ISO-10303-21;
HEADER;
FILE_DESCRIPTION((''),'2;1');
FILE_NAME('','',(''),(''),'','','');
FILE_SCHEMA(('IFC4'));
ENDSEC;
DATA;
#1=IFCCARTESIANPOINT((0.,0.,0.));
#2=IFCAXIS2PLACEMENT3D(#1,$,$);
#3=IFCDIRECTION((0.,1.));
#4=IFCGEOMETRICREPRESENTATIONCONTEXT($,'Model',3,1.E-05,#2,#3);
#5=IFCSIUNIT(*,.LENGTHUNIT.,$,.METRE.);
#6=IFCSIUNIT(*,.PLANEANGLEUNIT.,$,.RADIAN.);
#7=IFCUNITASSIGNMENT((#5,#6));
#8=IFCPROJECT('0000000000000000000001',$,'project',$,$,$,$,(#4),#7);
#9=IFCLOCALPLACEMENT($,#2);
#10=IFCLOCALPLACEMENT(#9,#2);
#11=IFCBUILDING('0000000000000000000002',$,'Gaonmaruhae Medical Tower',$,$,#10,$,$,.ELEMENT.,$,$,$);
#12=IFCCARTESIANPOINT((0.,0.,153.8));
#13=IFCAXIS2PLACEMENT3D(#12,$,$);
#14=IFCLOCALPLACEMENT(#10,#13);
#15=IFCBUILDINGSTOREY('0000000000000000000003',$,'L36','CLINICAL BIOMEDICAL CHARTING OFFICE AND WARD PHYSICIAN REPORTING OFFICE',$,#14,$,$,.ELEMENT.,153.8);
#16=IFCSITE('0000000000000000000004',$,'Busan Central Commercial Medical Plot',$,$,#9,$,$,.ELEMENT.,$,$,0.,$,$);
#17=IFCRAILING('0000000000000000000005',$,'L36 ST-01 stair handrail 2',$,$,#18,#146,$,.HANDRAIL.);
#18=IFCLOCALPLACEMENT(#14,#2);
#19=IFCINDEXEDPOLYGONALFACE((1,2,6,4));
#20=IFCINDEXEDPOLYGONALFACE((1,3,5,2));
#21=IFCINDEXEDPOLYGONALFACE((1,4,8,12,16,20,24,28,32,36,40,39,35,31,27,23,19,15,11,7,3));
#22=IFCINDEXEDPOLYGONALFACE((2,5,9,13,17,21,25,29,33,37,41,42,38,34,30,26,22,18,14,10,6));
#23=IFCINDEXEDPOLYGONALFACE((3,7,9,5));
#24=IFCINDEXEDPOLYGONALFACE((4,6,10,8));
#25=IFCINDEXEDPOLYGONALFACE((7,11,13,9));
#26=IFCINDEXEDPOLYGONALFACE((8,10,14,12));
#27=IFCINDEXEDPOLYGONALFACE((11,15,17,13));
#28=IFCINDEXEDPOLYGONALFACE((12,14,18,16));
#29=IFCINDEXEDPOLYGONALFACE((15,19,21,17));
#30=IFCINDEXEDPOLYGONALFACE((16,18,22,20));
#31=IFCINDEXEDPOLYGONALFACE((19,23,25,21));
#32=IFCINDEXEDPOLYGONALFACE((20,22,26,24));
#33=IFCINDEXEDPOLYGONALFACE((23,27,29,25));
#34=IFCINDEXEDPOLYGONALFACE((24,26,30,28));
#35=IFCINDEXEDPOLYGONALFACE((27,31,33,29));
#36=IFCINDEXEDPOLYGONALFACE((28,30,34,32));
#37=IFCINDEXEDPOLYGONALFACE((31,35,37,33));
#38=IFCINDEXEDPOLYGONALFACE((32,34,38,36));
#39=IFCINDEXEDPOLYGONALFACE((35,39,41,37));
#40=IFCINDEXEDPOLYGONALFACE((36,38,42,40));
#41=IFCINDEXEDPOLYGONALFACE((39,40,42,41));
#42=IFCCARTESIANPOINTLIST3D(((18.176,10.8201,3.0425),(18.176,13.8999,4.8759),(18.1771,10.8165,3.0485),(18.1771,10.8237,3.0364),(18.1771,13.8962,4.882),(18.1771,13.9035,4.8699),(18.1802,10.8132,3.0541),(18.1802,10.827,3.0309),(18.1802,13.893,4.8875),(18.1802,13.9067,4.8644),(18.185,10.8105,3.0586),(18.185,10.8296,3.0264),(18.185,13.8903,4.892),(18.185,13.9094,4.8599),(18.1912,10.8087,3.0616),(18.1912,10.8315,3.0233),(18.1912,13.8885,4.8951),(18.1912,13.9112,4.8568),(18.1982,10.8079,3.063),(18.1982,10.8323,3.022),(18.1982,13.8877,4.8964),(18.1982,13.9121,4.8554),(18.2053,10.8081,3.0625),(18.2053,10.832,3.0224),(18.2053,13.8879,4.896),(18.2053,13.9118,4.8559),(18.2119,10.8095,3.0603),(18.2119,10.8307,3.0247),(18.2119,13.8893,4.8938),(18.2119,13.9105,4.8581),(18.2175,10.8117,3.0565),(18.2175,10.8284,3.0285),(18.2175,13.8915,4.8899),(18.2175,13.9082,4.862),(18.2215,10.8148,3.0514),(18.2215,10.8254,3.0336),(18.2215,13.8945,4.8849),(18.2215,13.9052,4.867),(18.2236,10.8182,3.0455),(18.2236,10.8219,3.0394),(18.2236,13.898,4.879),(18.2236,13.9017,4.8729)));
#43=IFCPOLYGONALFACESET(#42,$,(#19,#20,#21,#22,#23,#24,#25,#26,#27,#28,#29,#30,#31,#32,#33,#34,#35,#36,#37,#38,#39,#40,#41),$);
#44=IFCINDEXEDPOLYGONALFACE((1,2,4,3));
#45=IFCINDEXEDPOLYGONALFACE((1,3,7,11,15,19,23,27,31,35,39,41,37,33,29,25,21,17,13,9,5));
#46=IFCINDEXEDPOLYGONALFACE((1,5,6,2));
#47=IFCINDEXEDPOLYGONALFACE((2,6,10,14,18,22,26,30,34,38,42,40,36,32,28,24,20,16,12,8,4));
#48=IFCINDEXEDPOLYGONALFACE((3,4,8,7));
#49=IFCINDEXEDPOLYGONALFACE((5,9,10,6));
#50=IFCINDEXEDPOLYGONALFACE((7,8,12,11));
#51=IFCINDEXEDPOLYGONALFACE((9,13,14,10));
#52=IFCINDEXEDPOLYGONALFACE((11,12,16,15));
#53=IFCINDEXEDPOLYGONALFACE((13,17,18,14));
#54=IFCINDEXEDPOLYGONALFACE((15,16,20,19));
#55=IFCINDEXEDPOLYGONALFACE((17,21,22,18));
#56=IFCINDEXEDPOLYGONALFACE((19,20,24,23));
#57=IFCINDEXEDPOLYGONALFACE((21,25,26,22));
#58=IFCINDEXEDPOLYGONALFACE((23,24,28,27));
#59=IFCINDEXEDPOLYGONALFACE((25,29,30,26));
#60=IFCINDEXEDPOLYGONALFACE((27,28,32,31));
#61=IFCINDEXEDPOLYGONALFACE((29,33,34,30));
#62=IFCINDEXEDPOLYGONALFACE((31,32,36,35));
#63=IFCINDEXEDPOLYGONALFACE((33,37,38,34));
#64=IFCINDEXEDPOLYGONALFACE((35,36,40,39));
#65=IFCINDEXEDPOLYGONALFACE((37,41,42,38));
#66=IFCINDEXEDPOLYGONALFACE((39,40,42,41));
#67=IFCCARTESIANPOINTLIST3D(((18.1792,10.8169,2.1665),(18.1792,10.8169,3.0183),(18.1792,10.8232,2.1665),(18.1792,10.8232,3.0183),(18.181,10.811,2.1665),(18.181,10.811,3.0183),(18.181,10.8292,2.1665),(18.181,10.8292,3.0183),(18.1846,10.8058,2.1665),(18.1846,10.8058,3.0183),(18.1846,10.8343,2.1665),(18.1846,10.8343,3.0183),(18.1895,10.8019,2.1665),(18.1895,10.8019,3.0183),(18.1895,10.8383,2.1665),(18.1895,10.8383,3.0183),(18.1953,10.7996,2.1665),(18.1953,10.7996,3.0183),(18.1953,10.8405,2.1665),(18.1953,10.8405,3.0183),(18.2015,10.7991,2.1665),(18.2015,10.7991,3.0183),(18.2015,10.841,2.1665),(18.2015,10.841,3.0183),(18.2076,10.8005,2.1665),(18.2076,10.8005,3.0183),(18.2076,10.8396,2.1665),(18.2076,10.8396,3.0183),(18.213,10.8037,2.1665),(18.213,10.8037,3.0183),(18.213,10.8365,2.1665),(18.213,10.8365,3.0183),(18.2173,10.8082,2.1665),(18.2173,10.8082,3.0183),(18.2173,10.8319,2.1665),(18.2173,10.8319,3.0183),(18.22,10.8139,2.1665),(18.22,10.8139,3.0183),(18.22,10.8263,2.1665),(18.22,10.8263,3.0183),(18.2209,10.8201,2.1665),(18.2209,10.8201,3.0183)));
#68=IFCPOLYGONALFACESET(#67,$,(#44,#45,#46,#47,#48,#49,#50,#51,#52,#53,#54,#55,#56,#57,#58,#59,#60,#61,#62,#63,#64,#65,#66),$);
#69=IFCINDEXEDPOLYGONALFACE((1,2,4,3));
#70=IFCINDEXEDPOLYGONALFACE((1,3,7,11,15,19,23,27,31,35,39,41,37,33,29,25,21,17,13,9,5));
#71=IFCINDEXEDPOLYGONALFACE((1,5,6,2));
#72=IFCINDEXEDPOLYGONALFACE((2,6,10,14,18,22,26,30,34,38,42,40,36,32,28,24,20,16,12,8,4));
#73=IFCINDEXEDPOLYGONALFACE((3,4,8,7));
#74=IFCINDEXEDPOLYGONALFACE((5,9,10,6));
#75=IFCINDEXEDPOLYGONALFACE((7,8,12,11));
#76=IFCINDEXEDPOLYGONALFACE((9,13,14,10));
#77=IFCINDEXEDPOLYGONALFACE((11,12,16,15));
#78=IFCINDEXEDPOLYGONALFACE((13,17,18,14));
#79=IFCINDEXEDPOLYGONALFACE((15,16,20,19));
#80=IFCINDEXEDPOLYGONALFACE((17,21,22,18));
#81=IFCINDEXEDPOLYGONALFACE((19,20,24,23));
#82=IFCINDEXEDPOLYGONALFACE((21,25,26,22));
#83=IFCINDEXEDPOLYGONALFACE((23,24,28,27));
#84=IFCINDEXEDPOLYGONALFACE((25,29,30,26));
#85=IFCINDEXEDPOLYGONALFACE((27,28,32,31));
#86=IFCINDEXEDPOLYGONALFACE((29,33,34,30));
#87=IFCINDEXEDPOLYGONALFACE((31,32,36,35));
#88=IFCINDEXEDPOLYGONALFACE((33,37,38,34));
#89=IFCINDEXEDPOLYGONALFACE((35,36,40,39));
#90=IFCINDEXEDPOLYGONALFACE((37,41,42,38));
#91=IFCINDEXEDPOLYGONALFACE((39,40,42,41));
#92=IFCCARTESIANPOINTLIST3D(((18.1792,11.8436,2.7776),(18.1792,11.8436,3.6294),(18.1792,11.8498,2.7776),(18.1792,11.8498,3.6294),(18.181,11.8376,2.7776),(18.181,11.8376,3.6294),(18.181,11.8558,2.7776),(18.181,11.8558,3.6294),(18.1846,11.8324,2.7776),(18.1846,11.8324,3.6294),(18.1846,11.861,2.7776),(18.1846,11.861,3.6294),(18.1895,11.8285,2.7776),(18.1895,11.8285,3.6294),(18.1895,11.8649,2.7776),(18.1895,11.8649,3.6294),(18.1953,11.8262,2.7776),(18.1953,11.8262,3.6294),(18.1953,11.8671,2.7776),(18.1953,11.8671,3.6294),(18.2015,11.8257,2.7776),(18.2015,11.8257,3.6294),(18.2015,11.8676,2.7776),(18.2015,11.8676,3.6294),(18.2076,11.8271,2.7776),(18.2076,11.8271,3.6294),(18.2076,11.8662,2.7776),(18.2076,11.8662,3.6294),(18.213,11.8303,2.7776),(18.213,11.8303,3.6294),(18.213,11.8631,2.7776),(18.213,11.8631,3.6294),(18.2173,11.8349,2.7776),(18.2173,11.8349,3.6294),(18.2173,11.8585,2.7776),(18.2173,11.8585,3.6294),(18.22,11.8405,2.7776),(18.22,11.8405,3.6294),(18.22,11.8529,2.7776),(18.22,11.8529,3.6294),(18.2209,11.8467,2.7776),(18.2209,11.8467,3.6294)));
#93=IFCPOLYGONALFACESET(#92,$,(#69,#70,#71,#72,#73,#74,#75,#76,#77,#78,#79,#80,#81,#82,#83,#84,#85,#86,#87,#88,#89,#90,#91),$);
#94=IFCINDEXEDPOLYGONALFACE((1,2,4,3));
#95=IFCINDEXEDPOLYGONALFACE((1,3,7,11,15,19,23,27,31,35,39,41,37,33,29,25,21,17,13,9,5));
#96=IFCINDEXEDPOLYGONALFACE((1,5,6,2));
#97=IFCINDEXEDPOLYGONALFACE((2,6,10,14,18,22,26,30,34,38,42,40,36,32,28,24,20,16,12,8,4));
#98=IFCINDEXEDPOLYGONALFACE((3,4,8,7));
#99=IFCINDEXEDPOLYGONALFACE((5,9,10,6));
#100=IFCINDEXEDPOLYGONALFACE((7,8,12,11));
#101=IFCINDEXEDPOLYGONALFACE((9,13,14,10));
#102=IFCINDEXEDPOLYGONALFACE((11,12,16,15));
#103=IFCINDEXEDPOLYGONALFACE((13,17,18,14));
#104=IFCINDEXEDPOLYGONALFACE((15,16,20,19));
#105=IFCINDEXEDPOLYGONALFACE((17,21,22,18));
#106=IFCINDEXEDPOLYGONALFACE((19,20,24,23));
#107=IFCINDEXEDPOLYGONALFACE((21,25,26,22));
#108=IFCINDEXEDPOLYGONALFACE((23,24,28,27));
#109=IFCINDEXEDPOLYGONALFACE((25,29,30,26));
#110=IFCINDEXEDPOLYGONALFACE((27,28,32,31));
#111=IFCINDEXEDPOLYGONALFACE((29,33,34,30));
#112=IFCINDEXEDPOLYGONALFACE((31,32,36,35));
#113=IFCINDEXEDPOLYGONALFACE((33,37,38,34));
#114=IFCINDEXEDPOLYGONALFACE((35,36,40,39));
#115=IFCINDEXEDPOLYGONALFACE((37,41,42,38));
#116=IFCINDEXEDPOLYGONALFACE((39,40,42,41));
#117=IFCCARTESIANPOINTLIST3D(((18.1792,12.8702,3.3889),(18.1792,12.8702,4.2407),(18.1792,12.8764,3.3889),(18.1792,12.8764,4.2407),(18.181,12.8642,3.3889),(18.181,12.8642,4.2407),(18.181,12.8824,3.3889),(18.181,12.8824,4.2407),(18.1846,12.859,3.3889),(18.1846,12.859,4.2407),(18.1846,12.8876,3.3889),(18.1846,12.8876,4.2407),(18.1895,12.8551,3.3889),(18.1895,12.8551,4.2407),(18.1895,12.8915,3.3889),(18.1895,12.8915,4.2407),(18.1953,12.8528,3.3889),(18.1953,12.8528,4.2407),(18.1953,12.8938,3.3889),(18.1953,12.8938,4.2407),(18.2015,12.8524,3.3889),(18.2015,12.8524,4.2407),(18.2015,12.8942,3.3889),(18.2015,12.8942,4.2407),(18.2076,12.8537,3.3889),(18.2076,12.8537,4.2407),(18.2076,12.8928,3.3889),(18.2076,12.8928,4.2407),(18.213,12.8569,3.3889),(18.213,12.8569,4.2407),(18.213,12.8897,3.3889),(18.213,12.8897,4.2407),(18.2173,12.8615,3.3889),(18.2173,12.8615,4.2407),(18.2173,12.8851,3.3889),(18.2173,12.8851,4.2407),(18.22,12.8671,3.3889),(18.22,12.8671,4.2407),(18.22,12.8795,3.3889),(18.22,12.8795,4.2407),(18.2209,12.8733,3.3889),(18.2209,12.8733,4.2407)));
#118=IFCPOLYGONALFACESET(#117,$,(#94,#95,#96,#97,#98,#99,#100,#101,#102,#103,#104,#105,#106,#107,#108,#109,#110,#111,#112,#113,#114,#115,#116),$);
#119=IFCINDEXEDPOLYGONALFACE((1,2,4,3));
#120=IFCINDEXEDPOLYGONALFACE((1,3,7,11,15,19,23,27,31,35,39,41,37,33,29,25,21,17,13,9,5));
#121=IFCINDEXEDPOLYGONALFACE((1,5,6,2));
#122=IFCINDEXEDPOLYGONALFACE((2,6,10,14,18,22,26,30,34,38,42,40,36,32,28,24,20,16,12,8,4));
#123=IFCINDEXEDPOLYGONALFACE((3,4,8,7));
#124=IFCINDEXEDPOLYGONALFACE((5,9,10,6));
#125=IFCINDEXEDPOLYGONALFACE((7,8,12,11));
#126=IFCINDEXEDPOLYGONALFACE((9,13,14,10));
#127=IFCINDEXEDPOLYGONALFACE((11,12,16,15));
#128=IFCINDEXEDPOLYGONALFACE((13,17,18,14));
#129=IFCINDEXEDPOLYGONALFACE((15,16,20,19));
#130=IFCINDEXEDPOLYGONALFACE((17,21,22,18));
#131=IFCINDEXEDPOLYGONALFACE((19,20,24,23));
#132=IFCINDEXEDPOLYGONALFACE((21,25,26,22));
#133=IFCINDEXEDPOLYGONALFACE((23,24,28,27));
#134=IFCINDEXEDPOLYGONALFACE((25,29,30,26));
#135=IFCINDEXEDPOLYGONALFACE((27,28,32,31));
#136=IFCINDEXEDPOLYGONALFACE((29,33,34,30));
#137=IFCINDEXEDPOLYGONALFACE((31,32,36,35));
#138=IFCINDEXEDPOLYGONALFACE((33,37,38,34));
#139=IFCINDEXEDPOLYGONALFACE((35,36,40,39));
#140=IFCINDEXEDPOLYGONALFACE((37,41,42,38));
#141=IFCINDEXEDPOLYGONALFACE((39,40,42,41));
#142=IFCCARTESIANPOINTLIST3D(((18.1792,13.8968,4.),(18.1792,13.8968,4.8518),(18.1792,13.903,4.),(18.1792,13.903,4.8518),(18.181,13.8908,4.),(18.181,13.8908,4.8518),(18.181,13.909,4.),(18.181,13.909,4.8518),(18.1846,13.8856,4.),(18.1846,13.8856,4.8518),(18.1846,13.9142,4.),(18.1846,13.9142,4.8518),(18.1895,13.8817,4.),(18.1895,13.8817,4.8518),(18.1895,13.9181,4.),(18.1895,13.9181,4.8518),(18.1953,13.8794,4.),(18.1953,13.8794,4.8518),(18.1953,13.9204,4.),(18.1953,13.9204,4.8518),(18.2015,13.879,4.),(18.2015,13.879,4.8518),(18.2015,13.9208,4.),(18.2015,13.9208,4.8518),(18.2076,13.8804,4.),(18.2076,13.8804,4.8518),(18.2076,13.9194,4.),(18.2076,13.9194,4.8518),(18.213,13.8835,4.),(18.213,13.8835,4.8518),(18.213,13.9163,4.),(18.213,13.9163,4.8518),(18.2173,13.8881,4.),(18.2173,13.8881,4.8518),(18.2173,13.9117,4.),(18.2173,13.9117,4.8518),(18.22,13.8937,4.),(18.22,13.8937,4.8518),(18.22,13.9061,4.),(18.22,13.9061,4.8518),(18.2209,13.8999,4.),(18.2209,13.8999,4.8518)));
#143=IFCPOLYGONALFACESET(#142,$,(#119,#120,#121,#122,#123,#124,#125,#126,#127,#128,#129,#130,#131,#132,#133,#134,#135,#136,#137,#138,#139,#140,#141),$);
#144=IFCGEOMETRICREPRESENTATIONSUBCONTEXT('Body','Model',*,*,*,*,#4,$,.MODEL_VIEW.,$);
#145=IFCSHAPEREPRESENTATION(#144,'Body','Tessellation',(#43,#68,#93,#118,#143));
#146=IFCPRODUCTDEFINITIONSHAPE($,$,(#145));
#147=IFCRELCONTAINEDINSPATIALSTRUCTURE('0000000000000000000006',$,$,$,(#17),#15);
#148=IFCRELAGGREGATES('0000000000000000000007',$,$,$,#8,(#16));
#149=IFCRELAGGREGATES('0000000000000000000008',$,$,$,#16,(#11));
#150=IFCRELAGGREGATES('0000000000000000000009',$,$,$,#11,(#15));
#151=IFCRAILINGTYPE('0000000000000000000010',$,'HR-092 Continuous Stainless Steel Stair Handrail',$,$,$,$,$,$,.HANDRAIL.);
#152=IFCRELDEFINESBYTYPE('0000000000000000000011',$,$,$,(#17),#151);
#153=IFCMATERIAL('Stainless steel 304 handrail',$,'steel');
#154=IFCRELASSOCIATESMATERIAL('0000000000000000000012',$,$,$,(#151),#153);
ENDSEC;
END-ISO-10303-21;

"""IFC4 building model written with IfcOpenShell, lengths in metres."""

from ifc_helpers import new_model, si_unit, direction, frame, origin, origin_2d, place, context, subcontext, project, spatial, circle, extrude, material, type_object, element, save


model = new_model("IFC4")

# Units and contexts
model_context = context("Model", 3, precision=1e-05, world=origin(), true_north=direction((0.0, 1.0)))
body_context = subcontext(model_context, "Body", "Model", "MODEL_VIEW")
ifc_project = project(units=[si_unit("LENGTHUNIT", "METRE"), si_unit("PLANEANGLEUNIT", "RADIAN")], contexts=[model_context])

# Site, building, storey
site_placement = place(None, origin())
site = spatial("IfcSite", under=ifc_project, at=site_placement, Name="Busan Central Commercial Medical Plot", CompositionType="ELEMENT", RefElevation=0.0)
building_placement = place(site_placement, origin())
building = spatial("IfcBuilding", under=site, at=building_placement, Name="Gaonmaruhae Medical Tower", CompositionType="ELEMENT")
storey_placement = place(building_placement, frame((0.0, 0.0, 153.8)))
storey = spatial("IfcBuildingStorey", under=building, at=storey_placement, Name="L36", Description="CLINICAL BIOMEDICAL CHARTING OFFICE AND WARD PHYSICIAN REPORTING OFFICE", CompositionType="ELEMENT", Elevation=153.8)

# Railing
ifc_material_1 = material(Name="Stainless steel 304 handrail", Category="steel")
railing_type_1 = type_object("IfcRailingType", Name="HR-092 Continuous Stainless Steel Stair Handrail", PredefinedType="HANDRAIL", material=ifc_material_1)
railing_1_placement = place(storey_placement, frame((18.2, 10.8201, 2.1665)))
element("IfcRailing", 1, at=railing_1_placement, inside=storey, type_object=railing_type_1, Name="L36 ST-01 stair handrail 2", PredefinedType="HANDRAIL", context=body_context, shape_type="SweptSolid", body=[
    extrude(circle(Radius=0.0239, at=origin_2d()), frame((0.0, 0.0, 0.876), z_axis=(0.0, 0.859261, 0.511538), x_axis=(-1.0, 0.0, 0.0)), (0.0, 0.0, 1.0), 3.5842),
    extrude(circle(Radius=0.021, at=origin_2d()), origin(), (0.0, 0.0, 1.0), 0.8518),
    extrude(circle(Radius=0.021, at=origin_2d()), frame((0.0, 1.0266, 0.6111)), (0.0, 0.0, 1.0), 0.8518),
    extrude(circle(Radius=0.021, at=origin_2d()), frame((0.0, 2.0532, 1.2224)), (0.0, 0.0, 1.0), 0.8518),
    extrude(circle(Radius=0.021, at=origin_2d()), frame((0.0, 3.0798, 1.8335)), (0.0, 0.0, 1.0), 0.8518),
])

save(model, "model.ifc")
